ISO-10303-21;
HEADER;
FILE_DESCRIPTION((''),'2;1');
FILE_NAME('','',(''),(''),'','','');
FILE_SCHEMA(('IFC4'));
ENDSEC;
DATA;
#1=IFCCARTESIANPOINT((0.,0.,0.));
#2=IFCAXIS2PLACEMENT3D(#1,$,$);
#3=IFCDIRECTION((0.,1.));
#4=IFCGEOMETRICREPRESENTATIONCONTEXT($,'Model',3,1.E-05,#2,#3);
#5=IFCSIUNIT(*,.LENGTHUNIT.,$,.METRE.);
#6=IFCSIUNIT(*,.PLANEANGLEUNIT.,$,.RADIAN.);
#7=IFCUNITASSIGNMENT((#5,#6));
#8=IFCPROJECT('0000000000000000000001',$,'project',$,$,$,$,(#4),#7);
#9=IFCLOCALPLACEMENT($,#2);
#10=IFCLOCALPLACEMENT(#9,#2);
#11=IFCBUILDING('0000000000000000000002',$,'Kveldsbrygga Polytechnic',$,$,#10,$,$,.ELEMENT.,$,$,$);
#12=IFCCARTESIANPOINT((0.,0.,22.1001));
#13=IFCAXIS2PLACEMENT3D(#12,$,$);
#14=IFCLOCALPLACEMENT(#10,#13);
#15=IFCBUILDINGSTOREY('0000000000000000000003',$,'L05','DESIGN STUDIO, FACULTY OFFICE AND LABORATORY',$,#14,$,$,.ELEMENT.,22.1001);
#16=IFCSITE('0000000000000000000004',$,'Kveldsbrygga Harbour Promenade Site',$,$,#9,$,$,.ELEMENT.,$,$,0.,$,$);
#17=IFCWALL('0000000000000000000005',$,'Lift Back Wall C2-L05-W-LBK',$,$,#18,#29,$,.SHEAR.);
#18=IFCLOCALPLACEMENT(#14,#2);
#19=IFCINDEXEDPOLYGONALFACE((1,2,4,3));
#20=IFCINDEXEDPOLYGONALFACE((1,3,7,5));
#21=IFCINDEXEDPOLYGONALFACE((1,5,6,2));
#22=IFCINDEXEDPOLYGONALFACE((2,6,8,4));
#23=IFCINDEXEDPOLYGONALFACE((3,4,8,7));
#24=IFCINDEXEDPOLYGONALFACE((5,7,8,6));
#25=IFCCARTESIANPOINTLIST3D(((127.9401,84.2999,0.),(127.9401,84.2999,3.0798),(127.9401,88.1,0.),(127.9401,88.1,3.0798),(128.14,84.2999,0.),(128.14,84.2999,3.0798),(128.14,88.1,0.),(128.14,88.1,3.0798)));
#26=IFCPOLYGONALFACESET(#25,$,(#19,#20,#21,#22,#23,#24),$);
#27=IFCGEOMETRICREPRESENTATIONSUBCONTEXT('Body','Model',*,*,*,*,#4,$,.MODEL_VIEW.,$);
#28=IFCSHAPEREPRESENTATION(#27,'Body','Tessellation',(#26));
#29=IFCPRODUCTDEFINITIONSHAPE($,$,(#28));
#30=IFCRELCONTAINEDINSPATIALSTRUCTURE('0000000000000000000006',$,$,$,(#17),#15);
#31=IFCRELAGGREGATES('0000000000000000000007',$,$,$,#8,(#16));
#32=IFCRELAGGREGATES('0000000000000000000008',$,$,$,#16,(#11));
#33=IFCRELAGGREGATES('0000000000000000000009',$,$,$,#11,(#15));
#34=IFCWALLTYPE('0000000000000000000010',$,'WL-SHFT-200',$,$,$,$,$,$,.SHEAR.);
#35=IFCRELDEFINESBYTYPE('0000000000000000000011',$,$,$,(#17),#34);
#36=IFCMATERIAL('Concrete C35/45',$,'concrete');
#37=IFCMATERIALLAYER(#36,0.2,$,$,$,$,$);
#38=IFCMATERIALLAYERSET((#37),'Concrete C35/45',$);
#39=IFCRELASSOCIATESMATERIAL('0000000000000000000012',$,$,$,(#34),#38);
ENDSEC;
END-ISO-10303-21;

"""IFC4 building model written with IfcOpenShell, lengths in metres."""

from ifc_helpers import new_model, si_unit, direction, frame, frame_2d, origin, place, context, subcontext, project, spatial, rectangle, extrude, material, layer, layer_set, type_object, element, save


model = new_model("IFC4")

# Units and contexts
model_context = context("Model", 3, precision=1e-05, world=origin(), true_north=direction((0.0, 1.0)))
body_context = subcontext(model_context, "Body", "Model", "MODEL_VIEW")
ifc_project = project(units=[si_unit("LENGTHUNIT", "METRE"), si_unit("PLANEANGLEUNIT", "RADIAN")], contexts=[model_context])

# Site, building, storey
site_placement = place(None, origin())
site = spatial("IfcSite", under=ifc_project, at=site_placement, Name="Kveldsbrygga Harbour Promenade Site", CompositionType="ELEMENT", RefElevation=0.0)
building_placement = place(site_placement, origin())
building = spatial("IfcBuilding", under=site, at=building_placement, Name="Kveldsbrygga Polytechnic", CompositionType="ELEMENT")
storey_placement = place(building_placement, frame((0.0, 0.0, 22.1001)))
storey = spatial("IfcBuildingStorey", under=building, at=storey_placement, Name="L05", Description="DESIGN STUDIO, FACULTY OFFICE AND LABORATORY", CompositionType="ELEMENT", Elevation=22.1001)

# Shared definitions
ifc_material_1 = material(Name="Concrete C35/45", Category="concrete")

# Wall
ifc_layer_1 = layer(ifc_material_1, 0.2)
ifc_layer_set_1 = layer_set([ifc_layer_1], Name="Concrete C35/45")
wall_type_1 = type_object("IfcWallType", Name="WL-SHFT-200", PredefinedType="SHEAR", material=ifc_layer_set_1)
wall_1_placement = place(storey_placement, frame((128.04, 84.3, 0.0), z_axis=(0.0, 0.0, 1.0), x_axis=(0.0, 1.0, 0.0)))
element("IfcWall", 1, at=wall_1_placement, inside=storey, type_object=wall_type_1, Name="Lift Back Wall C2-L05-W-LBK", PredefinedType="SHEAR", context=body_context, shape_type="SweptSolid", body=[
    extrude(rectangle(XDim=3.8, YDim=0.2, at=frame_2d((1.8999, 0.0))), origin(), (0.0, 0.0, 1.0), 3.0798),
])

save(model, "model.ifc")
